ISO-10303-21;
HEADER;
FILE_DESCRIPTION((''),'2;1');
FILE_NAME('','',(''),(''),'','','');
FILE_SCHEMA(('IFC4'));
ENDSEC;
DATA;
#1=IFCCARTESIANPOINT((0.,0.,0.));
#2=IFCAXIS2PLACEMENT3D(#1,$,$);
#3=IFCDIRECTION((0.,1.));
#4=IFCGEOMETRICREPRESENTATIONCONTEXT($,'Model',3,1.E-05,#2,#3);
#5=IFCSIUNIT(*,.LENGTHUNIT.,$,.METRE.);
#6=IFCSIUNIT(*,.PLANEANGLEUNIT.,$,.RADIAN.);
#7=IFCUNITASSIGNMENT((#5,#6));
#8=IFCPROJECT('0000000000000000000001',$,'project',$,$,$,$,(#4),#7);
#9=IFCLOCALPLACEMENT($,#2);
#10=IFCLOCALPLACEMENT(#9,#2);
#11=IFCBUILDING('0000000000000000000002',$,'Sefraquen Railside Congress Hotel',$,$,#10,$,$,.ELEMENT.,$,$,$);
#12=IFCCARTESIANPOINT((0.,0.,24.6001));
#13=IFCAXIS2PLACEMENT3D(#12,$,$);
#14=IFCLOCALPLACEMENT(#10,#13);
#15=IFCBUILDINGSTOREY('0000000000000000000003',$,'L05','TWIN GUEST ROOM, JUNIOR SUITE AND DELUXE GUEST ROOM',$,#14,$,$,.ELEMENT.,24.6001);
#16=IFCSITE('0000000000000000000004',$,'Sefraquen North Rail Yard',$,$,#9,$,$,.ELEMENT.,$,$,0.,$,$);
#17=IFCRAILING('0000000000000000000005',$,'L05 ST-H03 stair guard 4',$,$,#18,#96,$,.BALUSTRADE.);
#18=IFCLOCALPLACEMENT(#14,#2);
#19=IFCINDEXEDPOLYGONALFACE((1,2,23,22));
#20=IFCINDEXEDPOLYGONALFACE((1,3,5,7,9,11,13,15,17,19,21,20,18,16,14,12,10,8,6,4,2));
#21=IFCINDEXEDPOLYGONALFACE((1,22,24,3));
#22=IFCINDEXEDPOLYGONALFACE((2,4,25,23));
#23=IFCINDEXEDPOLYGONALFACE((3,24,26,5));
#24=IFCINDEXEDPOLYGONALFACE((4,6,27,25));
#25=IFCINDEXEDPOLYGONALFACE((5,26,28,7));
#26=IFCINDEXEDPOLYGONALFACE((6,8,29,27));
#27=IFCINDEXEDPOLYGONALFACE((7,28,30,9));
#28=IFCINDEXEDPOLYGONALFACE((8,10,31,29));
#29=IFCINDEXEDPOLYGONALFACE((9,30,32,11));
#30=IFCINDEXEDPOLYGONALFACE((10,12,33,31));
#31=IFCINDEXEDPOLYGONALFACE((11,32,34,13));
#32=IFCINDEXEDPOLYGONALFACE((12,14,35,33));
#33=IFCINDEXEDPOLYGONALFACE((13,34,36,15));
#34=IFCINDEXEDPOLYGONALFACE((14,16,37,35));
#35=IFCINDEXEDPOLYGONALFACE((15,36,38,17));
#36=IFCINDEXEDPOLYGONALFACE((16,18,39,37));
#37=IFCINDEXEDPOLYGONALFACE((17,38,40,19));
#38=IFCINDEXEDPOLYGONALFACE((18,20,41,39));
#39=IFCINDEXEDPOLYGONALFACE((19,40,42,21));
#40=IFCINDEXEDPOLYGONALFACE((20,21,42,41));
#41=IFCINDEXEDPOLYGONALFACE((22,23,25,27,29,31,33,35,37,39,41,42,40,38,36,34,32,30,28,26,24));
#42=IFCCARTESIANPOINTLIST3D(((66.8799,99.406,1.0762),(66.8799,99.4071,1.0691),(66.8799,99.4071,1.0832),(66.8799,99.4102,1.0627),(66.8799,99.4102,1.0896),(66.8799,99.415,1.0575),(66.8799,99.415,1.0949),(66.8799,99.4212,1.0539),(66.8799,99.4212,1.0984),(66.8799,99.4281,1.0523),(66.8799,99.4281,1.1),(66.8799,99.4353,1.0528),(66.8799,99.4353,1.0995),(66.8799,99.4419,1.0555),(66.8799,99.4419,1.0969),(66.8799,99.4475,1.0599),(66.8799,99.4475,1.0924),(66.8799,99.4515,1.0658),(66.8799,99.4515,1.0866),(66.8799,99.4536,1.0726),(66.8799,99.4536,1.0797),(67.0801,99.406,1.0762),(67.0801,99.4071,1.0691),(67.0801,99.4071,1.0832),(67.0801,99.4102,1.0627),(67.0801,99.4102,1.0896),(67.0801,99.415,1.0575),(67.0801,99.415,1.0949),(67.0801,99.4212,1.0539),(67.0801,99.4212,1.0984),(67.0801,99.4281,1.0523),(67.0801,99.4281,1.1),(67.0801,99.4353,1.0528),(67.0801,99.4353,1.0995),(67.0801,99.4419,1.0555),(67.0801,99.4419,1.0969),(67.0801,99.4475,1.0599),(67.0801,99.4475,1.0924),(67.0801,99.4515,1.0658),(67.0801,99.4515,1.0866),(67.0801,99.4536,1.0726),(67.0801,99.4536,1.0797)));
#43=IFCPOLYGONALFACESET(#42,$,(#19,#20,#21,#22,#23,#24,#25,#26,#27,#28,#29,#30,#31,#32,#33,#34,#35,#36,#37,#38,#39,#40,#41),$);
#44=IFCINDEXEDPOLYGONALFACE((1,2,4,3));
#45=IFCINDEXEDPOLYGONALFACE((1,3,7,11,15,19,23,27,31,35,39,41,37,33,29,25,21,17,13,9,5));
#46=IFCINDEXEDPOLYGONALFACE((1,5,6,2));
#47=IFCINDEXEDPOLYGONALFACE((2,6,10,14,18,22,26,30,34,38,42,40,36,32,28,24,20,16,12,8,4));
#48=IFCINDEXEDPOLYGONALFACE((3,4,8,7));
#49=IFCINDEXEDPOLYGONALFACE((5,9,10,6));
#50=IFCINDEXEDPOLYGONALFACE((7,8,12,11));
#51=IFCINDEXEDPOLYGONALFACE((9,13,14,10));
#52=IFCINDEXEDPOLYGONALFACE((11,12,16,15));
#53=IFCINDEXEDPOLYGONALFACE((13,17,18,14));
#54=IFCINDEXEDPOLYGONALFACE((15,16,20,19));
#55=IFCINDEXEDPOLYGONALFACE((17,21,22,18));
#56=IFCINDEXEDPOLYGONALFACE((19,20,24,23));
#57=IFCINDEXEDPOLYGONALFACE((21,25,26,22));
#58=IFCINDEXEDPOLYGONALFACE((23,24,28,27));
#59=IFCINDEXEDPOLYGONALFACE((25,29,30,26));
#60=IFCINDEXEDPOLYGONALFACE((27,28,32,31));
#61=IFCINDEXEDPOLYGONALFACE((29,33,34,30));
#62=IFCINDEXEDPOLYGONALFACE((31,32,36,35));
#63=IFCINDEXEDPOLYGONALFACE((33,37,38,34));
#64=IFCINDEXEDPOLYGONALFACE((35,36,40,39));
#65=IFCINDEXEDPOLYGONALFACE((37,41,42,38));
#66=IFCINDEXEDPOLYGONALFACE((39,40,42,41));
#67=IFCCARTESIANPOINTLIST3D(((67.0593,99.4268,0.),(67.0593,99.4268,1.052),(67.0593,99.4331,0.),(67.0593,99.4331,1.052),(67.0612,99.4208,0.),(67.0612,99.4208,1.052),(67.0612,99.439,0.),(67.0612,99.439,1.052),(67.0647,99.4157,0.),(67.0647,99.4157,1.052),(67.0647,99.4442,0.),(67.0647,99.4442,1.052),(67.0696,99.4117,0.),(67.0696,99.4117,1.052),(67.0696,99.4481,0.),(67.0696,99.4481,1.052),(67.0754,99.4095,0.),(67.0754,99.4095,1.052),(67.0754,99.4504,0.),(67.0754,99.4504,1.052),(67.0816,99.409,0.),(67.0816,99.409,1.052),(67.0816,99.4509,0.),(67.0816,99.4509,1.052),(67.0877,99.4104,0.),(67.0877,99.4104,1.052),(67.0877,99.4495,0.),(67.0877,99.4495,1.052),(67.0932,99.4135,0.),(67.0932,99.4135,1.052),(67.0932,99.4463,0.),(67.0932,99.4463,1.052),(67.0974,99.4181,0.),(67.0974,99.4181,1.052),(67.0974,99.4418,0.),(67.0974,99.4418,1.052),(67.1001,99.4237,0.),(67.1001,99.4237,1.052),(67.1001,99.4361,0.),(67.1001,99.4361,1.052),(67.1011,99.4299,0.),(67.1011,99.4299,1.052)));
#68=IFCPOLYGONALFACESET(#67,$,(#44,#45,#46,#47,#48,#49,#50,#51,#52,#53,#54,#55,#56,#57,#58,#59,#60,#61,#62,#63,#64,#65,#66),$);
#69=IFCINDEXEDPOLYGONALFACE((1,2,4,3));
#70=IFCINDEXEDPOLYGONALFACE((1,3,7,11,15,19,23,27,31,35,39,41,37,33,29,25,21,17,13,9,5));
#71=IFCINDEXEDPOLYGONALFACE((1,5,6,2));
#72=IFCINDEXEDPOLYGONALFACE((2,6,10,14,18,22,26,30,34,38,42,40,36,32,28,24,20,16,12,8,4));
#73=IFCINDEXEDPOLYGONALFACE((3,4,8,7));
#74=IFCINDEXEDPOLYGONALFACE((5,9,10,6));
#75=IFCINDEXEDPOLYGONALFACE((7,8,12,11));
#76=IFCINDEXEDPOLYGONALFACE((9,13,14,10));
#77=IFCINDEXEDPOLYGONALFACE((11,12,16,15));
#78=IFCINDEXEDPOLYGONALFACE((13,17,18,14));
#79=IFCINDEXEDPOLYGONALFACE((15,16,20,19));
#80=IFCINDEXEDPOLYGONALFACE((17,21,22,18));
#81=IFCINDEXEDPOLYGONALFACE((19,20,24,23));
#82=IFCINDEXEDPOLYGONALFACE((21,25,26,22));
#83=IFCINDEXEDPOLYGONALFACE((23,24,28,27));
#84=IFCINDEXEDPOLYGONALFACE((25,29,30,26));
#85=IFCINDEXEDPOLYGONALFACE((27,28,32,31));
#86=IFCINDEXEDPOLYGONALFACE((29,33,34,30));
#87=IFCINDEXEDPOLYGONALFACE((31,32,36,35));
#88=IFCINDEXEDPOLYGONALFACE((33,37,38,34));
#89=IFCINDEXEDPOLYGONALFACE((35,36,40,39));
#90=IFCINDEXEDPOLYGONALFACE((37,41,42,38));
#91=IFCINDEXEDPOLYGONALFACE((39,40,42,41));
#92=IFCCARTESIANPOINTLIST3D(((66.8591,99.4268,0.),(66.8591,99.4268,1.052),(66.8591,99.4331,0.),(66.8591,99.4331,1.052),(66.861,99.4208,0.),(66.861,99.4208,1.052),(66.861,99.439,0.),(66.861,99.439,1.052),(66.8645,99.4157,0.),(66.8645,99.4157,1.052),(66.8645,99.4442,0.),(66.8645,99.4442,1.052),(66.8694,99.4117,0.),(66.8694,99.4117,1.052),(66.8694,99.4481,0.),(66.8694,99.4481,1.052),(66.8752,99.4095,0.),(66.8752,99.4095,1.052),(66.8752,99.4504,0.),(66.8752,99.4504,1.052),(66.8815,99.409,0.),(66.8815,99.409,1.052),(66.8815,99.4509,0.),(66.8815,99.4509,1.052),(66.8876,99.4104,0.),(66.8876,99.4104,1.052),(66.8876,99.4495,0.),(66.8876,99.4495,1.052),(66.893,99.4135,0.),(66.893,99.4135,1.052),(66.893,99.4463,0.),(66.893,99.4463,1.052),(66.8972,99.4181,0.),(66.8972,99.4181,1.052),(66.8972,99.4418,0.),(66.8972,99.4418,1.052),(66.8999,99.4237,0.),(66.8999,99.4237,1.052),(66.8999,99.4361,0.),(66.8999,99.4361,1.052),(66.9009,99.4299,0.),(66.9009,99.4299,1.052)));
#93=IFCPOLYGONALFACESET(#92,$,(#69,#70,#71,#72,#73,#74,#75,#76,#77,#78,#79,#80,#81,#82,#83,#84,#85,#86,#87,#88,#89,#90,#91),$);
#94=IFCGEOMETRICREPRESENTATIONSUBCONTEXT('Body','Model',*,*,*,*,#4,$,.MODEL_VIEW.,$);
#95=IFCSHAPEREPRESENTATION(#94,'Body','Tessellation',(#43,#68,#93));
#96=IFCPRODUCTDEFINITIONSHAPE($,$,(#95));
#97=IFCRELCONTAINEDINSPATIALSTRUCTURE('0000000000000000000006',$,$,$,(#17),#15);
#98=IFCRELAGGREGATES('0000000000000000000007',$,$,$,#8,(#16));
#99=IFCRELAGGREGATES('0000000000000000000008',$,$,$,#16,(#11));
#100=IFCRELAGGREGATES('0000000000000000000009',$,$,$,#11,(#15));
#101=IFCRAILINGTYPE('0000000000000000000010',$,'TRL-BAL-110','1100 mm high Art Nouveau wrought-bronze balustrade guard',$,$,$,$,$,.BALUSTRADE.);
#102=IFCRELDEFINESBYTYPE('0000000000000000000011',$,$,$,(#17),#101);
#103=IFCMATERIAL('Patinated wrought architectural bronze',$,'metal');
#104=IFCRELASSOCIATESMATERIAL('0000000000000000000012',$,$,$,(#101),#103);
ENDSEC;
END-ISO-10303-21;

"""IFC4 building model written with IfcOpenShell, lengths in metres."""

from ifc_helpers import new_model, si_unit, direction, frame, origin, origin_2d, place, context, subcontext, project, spatial, circle, extrude, material, type_object, element, save


model = new_model("IFC4")

# Units and contexts
model_context = context("Model", 3, precision=1e-05, world=origin(), true_north=direction((0.0, 1.0)))
body_context = subcontext(model_context, "Body", "Model", "MODEL_VIEW")
ifc_project = project(units=[si_unit("LENGTHUNIT", "METRE"), si_unit("PLANEANGLEUNIT", "RADIAN")], contexts=[model_context])

# Site, building, storey
site_placement = place(None, origin())
site = spatial("IfcSite", under=ifc_project, at=site_placement, Name="Sefraquen North Rail Yard", CompositionType="ELEMENT", RefElevation=0.0)
building_placement = place(site_placement, origin())
building = spatial("IfcBuilding", under=site, at=building_placement, Name="Sefraquen Railside Congress Hotel", CompositionType="ELEMENT")
storey_placement = place(building_placement, frame((0.0, 0.0, 24.6001)))
storey = spatial("IfcBuildingStorey", under=building, at=storey_placement, Name="L05", Description="TWIN GUEST ROOM, JUNIOR SUITE AND DELUXE GUEST ROOM", CompositionType="ELEMENT", Elevation=24.6001)

# Railing
ifc_material_1 = material(Name="Patinated wrought architectural bronze", Category="metal")
railing_type_1 = type_object("IfcRailingType", Name="TRL-BAL-110", Description="1100 mm high Art Nouveau wrought-bronze balustrade guard", PredefinedType="BALUSTRADE", material=ifc_material_1)
railing_1_placement = place(storey_placement, frame((67.0801, 99.4299, 0.0)))
element("IfcRailing", 1, at=railing_1_placement, inside=storey, type_object=railing_type_1, Name="L05 ST-H03 stair guard 4", PredefinedType="BALUSTRADE", context=body_context, shape_type="SweptSolid", body=[
    extrude(circle(Radius=0.0239, at=origin_2d()), frame((0.0, 0.0, 1.0762), z_axis=(-1.0, 0.0, 0.0), x_axis=(0.0, -1.0, 0.0)), (0.0, 0.0, 1.0), 0.2002),
    extrude(circle(Radius=0.021, at=origin_2d()), origin(), (0.0, 0.0, 1.0), 1.052),
    extrude(circle(Radius=0.021, at=origin_2d()), frame((-0.2002, 0.0, 0.0)), (0.0, 0.0, 1.0), 1.052),
])

save(model, "model.ifc")
